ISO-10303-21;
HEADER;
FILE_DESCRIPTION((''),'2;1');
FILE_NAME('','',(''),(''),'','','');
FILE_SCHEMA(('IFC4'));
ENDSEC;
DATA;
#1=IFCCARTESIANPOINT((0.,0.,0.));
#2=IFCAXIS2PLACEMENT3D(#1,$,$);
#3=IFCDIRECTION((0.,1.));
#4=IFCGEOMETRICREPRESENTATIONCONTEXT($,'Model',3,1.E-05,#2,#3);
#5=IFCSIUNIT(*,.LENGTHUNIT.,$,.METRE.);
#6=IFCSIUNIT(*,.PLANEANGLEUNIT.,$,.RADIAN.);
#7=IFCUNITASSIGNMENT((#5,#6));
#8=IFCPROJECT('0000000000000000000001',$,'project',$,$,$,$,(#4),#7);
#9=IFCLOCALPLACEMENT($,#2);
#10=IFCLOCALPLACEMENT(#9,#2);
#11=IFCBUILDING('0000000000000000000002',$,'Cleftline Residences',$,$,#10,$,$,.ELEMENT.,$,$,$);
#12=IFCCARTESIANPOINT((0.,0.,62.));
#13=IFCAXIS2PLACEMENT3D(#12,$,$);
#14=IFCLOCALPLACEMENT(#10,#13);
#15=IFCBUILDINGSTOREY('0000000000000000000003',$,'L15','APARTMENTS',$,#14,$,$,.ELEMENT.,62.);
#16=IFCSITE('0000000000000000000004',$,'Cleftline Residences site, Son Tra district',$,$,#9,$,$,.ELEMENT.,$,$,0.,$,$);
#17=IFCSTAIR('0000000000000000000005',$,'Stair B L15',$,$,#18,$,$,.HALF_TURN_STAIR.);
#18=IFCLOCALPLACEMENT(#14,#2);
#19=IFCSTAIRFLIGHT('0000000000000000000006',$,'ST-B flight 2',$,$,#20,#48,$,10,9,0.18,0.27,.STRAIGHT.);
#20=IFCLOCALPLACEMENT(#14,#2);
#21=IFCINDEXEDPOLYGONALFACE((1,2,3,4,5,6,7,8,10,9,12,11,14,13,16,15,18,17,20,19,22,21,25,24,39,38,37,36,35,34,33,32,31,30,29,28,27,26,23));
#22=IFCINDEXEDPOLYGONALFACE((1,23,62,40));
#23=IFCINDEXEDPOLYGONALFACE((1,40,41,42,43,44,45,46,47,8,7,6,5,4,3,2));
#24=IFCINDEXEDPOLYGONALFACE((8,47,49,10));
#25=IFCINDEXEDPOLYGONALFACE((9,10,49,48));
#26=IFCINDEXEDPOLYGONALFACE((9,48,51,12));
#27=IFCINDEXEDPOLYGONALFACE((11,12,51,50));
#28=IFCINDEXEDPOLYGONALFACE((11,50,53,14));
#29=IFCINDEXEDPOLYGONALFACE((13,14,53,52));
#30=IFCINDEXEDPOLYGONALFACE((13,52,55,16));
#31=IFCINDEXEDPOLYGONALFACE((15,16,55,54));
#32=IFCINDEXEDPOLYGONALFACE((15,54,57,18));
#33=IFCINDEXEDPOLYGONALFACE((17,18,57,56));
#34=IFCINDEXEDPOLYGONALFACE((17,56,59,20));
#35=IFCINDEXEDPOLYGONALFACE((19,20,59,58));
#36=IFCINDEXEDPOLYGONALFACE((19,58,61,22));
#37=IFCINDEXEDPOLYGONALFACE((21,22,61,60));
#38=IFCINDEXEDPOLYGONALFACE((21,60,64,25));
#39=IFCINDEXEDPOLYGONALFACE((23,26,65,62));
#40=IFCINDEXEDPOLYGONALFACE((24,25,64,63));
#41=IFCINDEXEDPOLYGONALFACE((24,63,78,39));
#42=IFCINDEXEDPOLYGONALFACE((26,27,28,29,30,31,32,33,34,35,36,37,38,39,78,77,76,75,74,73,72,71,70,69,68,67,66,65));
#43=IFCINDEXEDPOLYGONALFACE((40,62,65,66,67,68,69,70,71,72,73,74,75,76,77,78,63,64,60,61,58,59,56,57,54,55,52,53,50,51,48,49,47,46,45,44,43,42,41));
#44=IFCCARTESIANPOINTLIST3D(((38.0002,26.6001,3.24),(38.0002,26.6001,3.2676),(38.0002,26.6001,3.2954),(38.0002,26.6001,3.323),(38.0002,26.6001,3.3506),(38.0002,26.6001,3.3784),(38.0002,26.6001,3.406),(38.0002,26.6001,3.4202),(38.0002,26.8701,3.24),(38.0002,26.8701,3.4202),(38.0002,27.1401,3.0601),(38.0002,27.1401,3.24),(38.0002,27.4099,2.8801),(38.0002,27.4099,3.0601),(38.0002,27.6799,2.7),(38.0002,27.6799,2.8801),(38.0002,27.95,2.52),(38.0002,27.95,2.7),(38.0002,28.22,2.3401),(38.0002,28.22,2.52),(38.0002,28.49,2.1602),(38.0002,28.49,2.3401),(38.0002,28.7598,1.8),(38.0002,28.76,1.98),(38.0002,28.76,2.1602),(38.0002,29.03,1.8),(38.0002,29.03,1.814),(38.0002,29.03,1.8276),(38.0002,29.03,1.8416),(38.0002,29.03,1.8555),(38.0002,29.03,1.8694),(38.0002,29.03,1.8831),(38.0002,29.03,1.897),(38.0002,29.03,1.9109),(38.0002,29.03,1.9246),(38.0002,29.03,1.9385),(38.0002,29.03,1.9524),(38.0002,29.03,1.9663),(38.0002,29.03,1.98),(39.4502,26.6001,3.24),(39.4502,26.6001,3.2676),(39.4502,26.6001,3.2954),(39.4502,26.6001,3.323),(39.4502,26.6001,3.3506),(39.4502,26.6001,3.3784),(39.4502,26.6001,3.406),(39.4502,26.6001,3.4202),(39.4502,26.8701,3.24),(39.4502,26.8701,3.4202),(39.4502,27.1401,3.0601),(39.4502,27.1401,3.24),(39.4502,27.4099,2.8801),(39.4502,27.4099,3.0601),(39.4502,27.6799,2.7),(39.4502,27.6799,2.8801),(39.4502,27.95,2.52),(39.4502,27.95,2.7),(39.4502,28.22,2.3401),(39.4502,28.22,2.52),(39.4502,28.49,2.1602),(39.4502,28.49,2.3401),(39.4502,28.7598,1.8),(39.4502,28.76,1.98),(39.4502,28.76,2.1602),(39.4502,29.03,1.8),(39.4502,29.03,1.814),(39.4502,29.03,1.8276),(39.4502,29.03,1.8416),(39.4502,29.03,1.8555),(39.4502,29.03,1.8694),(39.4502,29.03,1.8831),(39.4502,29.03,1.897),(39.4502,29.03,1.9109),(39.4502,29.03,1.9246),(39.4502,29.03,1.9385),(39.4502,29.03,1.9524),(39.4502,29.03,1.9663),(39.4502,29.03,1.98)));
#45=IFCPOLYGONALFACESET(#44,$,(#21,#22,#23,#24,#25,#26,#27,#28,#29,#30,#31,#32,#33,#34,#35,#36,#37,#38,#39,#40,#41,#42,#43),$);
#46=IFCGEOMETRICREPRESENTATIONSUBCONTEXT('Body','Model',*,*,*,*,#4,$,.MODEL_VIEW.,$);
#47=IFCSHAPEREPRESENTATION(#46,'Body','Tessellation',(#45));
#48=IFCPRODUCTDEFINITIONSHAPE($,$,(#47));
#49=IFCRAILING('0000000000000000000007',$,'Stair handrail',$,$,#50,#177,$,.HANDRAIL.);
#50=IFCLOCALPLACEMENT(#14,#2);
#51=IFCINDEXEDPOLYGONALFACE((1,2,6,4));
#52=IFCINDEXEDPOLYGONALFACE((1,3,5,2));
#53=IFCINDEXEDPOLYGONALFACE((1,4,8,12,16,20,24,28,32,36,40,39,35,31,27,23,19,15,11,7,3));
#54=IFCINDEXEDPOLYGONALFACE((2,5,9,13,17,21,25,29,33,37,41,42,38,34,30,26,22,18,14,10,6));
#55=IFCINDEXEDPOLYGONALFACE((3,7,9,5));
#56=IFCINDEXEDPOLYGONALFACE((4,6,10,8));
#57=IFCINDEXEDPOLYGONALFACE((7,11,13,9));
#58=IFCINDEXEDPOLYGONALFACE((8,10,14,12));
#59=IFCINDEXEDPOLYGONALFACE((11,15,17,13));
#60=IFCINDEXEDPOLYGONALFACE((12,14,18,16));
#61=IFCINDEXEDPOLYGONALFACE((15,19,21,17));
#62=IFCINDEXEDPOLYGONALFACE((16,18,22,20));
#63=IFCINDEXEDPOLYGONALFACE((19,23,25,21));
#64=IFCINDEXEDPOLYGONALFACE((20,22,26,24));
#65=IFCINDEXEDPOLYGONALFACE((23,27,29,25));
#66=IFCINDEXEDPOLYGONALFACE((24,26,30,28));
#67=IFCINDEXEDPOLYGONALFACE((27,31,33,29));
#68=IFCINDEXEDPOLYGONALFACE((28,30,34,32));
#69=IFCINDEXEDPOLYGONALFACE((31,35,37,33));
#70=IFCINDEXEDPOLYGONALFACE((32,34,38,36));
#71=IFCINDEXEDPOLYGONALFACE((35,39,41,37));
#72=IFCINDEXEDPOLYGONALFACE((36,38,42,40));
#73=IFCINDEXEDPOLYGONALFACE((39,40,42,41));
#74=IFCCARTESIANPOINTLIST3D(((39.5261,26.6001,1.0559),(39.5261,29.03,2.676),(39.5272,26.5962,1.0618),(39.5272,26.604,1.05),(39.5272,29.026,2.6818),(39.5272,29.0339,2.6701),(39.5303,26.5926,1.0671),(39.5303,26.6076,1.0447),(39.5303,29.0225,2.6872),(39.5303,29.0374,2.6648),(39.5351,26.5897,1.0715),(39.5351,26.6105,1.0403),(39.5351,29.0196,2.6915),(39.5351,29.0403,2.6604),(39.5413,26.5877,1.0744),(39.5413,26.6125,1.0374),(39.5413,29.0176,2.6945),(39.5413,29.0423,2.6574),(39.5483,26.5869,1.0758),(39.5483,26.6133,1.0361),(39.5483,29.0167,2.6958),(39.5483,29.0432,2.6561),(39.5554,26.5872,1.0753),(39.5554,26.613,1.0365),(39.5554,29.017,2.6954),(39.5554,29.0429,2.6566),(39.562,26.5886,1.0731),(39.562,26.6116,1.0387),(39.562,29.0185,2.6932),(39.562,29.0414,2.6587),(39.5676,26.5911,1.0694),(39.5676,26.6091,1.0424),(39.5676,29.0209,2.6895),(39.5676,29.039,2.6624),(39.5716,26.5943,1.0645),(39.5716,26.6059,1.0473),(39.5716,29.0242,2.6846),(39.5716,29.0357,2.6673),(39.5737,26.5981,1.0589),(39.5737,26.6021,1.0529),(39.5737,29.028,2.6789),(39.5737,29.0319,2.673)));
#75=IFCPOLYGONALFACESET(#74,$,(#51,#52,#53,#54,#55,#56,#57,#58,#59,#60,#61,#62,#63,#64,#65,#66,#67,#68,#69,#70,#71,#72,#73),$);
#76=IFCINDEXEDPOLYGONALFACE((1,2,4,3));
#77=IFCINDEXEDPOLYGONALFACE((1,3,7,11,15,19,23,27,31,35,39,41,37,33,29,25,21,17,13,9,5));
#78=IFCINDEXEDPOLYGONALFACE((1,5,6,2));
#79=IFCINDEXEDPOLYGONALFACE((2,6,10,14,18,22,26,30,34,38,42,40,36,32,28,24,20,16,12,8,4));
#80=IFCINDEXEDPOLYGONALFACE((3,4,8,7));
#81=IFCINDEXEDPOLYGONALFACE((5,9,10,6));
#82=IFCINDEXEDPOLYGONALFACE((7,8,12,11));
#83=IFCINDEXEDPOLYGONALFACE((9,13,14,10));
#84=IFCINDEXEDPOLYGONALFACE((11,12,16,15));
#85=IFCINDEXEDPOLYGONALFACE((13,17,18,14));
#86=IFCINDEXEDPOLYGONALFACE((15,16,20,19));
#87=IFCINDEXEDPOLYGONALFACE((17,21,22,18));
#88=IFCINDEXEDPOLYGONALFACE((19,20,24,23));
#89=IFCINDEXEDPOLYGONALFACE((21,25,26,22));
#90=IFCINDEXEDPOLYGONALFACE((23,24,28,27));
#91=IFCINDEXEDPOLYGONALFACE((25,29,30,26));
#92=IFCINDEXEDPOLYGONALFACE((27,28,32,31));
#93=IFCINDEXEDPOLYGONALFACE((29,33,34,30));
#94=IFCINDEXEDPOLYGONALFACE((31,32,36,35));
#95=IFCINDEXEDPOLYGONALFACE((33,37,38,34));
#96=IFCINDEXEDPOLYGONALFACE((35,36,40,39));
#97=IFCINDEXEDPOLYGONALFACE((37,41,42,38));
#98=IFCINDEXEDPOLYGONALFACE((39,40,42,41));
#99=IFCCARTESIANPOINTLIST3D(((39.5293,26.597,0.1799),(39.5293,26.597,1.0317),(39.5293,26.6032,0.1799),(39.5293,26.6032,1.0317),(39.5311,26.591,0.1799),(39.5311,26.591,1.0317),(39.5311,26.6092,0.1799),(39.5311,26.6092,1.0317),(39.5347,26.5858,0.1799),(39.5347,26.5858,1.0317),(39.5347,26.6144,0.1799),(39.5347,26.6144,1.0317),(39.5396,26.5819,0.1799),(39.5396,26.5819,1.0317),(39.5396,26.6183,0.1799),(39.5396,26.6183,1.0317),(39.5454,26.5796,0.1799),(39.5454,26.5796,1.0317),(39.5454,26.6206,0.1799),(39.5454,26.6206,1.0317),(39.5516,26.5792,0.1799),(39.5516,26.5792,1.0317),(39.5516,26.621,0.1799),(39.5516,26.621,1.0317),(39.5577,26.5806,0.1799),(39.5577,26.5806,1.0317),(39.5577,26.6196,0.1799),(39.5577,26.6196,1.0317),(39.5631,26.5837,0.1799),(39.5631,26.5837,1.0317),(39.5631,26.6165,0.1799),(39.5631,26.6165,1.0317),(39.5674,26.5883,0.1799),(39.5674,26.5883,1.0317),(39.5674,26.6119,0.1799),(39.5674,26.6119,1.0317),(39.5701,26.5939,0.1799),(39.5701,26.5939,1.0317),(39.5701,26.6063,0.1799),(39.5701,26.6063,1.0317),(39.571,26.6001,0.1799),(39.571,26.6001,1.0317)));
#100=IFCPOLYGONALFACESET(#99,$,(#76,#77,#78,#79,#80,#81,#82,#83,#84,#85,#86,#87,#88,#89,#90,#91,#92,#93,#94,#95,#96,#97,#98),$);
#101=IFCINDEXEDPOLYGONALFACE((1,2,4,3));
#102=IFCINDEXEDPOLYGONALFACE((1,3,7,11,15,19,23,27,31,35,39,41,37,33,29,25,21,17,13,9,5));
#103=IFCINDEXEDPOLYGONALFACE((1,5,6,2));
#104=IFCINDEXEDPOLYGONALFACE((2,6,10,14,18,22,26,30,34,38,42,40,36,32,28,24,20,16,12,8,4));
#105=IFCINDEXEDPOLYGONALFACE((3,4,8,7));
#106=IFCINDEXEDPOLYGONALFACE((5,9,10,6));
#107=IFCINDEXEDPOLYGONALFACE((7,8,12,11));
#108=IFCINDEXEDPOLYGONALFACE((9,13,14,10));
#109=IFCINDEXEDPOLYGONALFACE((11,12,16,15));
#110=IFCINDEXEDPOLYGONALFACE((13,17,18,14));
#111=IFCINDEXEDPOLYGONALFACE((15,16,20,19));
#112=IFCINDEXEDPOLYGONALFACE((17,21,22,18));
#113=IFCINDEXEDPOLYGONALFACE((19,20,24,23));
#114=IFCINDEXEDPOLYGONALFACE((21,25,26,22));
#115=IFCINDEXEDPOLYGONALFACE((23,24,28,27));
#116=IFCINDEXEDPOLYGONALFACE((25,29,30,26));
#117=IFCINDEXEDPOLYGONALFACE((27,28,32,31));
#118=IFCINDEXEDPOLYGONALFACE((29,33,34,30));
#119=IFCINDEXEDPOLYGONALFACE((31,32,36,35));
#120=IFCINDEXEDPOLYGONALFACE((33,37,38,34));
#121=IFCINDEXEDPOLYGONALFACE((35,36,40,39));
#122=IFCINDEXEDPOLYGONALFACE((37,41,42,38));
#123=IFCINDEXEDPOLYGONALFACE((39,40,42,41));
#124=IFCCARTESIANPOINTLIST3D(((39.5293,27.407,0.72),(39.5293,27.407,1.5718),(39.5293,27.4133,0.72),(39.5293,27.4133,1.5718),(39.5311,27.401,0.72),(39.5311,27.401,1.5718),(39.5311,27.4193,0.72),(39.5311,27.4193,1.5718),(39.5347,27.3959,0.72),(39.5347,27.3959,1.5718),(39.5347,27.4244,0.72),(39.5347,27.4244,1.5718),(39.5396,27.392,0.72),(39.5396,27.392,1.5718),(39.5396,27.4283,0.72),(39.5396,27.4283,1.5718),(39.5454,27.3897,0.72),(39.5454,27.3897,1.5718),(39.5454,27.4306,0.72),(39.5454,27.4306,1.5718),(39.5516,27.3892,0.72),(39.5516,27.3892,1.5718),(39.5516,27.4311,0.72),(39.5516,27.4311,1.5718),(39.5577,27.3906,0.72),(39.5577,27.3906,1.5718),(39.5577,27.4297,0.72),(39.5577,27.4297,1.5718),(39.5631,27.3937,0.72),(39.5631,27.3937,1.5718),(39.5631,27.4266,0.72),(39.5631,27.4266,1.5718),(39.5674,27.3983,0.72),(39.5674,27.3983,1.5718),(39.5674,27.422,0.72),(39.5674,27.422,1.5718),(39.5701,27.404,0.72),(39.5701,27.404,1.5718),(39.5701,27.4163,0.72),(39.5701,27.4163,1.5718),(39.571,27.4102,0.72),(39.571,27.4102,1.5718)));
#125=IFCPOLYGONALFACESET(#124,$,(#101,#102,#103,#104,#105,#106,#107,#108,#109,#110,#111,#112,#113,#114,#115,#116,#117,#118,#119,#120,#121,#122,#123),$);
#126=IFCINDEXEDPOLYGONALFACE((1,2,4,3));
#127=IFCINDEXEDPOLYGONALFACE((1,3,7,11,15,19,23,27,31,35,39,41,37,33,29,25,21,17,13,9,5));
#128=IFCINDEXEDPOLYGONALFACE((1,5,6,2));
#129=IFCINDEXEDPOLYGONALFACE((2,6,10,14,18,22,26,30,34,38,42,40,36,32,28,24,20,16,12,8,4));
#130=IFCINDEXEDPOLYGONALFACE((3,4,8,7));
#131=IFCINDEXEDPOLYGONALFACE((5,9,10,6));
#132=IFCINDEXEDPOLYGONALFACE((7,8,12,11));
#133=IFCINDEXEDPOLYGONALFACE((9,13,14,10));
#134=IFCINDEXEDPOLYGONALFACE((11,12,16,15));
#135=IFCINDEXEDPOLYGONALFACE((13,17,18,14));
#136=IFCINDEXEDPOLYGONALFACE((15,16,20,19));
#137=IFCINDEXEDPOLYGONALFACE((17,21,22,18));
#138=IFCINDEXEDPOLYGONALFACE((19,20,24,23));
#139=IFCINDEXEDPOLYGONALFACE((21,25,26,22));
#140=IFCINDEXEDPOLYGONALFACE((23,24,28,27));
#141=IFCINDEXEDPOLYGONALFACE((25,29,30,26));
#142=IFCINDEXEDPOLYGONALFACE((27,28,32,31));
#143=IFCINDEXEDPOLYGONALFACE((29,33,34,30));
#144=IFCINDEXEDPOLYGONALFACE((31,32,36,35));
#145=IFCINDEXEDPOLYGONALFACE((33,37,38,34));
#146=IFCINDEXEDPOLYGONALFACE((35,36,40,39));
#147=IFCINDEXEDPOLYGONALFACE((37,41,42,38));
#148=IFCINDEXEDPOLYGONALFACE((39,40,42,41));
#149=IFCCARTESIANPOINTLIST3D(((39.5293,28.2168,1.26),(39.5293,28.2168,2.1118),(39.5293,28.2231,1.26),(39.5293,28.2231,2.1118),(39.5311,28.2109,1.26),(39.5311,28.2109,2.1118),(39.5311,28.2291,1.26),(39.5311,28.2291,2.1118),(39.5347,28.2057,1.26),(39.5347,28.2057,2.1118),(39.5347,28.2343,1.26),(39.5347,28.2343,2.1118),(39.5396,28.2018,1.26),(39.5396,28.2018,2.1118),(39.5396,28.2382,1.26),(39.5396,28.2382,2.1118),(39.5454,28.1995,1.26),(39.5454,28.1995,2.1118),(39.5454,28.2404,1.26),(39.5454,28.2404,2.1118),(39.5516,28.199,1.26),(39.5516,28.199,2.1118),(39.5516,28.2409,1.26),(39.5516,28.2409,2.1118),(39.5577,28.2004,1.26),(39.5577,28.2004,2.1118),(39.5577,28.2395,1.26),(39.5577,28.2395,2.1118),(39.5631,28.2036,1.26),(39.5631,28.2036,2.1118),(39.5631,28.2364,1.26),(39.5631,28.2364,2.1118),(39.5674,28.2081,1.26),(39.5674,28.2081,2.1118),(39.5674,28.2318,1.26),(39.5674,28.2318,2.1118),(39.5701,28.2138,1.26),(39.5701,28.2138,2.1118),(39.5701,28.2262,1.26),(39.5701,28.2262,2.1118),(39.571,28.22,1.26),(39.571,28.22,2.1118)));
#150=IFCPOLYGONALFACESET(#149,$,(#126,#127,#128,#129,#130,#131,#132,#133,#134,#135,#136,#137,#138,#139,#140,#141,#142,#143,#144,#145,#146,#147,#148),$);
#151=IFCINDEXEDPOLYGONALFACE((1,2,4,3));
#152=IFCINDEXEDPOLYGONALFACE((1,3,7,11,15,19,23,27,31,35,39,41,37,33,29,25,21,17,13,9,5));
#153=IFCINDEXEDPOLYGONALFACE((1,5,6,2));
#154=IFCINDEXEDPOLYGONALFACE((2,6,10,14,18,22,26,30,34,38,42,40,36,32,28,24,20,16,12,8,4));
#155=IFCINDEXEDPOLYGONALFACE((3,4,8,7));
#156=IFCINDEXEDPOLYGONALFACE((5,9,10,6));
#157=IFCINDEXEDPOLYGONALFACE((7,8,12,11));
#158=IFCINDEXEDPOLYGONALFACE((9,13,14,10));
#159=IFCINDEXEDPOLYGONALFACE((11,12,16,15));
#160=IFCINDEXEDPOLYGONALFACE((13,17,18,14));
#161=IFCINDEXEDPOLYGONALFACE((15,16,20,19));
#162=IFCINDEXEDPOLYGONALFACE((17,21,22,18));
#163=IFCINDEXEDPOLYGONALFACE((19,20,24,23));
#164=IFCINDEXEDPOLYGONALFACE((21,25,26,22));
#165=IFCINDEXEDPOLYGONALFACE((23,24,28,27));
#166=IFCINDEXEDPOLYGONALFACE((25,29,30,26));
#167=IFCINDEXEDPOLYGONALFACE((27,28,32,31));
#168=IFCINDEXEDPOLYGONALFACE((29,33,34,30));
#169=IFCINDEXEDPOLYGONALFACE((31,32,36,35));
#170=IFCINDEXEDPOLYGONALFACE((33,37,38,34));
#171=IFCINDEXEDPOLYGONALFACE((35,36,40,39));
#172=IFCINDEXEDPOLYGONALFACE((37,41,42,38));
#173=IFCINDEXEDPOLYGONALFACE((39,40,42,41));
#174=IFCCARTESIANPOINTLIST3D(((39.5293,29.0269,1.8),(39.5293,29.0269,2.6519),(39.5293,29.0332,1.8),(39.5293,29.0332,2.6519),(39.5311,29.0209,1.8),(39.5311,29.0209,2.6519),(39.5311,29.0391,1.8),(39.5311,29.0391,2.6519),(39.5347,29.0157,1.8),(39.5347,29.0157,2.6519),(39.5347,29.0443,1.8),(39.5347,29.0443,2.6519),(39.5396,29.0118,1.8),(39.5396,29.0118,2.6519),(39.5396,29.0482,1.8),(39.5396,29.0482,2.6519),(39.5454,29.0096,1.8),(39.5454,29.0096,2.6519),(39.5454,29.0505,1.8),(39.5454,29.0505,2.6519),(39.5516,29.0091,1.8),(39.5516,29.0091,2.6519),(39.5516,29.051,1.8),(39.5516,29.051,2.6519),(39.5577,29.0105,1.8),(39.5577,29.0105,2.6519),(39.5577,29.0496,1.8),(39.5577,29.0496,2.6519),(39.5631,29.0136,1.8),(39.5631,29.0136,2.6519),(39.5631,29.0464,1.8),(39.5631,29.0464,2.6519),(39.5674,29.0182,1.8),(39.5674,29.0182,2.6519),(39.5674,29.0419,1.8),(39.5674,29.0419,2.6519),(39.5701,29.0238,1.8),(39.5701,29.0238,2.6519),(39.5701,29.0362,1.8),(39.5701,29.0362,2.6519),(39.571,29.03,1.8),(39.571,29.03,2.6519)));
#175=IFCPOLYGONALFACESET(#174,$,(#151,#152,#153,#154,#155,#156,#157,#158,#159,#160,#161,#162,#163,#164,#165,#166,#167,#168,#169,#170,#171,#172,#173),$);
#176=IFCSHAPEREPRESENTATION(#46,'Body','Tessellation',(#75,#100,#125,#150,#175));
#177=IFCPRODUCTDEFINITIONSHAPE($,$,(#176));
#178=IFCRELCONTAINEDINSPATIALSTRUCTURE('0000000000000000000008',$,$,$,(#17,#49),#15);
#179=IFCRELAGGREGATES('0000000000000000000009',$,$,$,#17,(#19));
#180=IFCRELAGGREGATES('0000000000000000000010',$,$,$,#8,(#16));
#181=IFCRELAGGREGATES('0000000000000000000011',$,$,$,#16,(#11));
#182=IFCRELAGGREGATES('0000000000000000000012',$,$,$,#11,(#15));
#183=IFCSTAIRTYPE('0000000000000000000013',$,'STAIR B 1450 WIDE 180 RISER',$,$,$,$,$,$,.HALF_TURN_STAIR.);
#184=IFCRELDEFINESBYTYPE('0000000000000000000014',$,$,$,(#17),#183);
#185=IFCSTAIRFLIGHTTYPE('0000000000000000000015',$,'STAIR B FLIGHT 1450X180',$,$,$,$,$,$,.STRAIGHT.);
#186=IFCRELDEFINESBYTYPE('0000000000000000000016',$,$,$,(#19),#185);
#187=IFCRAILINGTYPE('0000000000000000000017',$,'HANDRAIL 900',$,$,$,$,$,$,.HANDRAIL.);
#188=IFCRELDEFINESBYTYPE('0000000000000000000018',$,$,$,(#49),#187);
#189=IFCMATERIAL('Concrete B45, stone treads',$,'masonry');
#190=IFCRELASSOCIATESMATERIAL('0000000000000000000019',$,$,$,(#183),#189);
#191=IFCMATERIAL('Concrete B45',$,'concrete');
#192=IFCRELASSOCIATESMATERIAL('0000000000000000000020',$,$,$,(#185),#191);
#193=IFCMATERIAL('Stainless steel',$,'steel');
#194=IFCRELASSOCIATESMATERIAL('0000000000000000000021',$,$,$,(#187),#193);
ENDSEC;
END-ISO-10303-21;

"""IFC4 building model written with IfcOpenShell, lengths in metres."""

from ifc_helpers import new_model, si_unit, direction, frame, origin, origin_2d, place, context, subcontext, project, spatial, polyline, circle, outline, extrude, material, type_object, element, aggregate, save


model = new_model("IFC4")

# Units and contexts
model_context = context("Model", 3, precision=1e-05, world=origin(), true_north=direction((0.0, 1.0)))
body_context = subcontext(model_context, "Body", "Model", "MODEL_VIEW")
ifc_project = project(units=[si_unit("LENGTHUNIT", "METRE"), si_unit("PLANEANGLEUNIT", "RADIAN")], contexts=[model_context])

# Site, building, storey
site_placement = place(None, origin())
site = spatial("IfcSite", under=ifc_project, at=site_placement, Name="Cleftline Residences site, Son Tra district", CompositionType="ELEMENT", RefElevation=0.0)
building_placement = place(site_placement, origin())
building = spatial("IfcBuilding", under=site, at=building_placement, Name="Cleftline Residences", CompositionType="ELEMENT")
storey_placement = place(building_placement, frame((0.0, 0.0, 62.0)))
storey = spatial("IfcBuildingStorey", under=building, at=storey_placement, Name="L15", Description="APARTMENTS", CompositionType="ELEMENT", Elevation=62.0)

# Stair, stair flight
ifc_material_1 = material(Name="Concrete B45, stone treads", Category="masonry")
stair_type = type_object("IfcStairType", Name="STAIR B 1450 WIDE 180 RISER", PredefinedType="HALF_TURN_STAIR", material=ifc_material_1)
stair_placement = place(storey_placement, origin())
stair = element("IfcStair", 1, at=stair_placement, inside=storey, type_object=stair_type, Name="Stair B L15", PredefinedType="HALF_TURN_STAIR")
ifc_material_2 = material(Name="Concrete B45", Category="concrete")
stair_flight_type = type_object("IfcStairFlightType", Name="STAIR B FLIGHT 1450X180", PredefinedType="STRAIGHT", material=ifc_material_2)
stair_flight_1_placement = place(storey_placement, frame((38.7251, 29.03, 1.8), z_axis=(0.0, 0.0, 1.0), x_axis=(0.0, -1.0, 0.0)))
stair_flight_1 = element("IfcStairFlight", 2, at=stair_flight_1_placement, type_object=stair_flight_type, Name="ST-B flight 2", NumberOfRisers=10, NumberOfTreads=9, PredefinedType="STRAIGHT", RiserHeight=0.18, TreadLength=0.27, context=body_context, shape_type="SweptSolid", body=[
    extrude(outline(polyline([(0.0, 0.0), (0.0, 0.0139), (0.0, 0.0276), (0.0, 0.0415), (0.0, 0.0554), (0.0, 0.0693), (0.0, 0.083), (0.0, 0.0969), (0.0, 0.1108), (0.0, 0.1245), (0.0, 0.1384), (0.0, 0.1523), (0.0, 0.1663), (0.0, 0.1799), (0.27, 0.1799), (0.27, 0.3601), (0.54, 0.3601), (0.54, 0.54), (0.8101, 0.54), (0.8101, 0.72), (1.0801, 0.72), (1.0801, 0.8999), (1.3501, 0.8999), (1.3501, 1.0801), (1.6201, 1.0801), (1.6201, 1.26), (1.8899, 1.26), (1.8899, 1.4399), (2.1599, 1.4399), (2.1599, 1.6201), (2.4299, 1.6201), (2.4299, 1.8), (2.4299, 1.7722), (2.4299, 1.7446), (2.4299, 1.7168), (2.4299, 1.6892), (2.4299, 1.6614), (2.4299, 1.6338), (2.4299, 1.606), (2.4299, 1.5784), (2.4299, 1.5505), (2.4299, 1.5229), (2.4299, 1.4954), (2.4299, 1.4675), (2.4299, 1.4399), (0.2703, 0.0), (0.0, 0.0)])), frame((0.0, 0.7251, 0.0), z_axis=(0.0, -1.0, 0.0), x_axis=(1.0, 0.0, 0.0)), (0.0, 0.0, 1.0), 1.45),
])
aggregate(stair, [stair_flight_1])

# Railing
ifc_material_3 = material(Name="Stainless steel", Category="steel")
railing_type = type_object("IfcRailingType", Name="HANDRAIL 900", PredefinedType="HANDRAIL", material=ifc_material_3)
railing_1_placement = place(storey_placement, frame((39.55, 26.6001, 0.1799)))
element("IfcRailing", 3, at=railing_1_placement, inside=storey, type_object=railing_type, Name="Stair handrail", PredefinedType="HANDRAIL", context=body_context, shape_type="SweptSolid", body=[
    extrude(circle(Radius=0.0239, at=origin_2d()), frame((0.0, 0.0, 0.876), z_axis=(0.0, 0.832025, 0.554739), x_axis=(-1.0, 0.0, 0.0)), (0.0, 0.0, 1.0), 2.9204),
    extrude(circle(Radius=0.021, at=origin_2d()), origin(), (0.0, 0.0, 1.0), 0.8518),
    extrude(circle(Radius=0.021, at=origin_2d()), frame((0.0, 0.8101, 0.54)), (0.0, 0.0, 1.0), 0.8518),
    extrude(circle(Radius=0.021, at=origin_2d()), frame((0.0, 1.6199, 1.0801)), (0.0, 0.0, 1.0), 0.8518),
    extrude(circle(Radius=0.021, at=origin_2d()), frame((0.0, 2.4299, 1.6201)), (0.0, 0.0, 1.0), 0.8518),
])

save(model, "model.ifc")
